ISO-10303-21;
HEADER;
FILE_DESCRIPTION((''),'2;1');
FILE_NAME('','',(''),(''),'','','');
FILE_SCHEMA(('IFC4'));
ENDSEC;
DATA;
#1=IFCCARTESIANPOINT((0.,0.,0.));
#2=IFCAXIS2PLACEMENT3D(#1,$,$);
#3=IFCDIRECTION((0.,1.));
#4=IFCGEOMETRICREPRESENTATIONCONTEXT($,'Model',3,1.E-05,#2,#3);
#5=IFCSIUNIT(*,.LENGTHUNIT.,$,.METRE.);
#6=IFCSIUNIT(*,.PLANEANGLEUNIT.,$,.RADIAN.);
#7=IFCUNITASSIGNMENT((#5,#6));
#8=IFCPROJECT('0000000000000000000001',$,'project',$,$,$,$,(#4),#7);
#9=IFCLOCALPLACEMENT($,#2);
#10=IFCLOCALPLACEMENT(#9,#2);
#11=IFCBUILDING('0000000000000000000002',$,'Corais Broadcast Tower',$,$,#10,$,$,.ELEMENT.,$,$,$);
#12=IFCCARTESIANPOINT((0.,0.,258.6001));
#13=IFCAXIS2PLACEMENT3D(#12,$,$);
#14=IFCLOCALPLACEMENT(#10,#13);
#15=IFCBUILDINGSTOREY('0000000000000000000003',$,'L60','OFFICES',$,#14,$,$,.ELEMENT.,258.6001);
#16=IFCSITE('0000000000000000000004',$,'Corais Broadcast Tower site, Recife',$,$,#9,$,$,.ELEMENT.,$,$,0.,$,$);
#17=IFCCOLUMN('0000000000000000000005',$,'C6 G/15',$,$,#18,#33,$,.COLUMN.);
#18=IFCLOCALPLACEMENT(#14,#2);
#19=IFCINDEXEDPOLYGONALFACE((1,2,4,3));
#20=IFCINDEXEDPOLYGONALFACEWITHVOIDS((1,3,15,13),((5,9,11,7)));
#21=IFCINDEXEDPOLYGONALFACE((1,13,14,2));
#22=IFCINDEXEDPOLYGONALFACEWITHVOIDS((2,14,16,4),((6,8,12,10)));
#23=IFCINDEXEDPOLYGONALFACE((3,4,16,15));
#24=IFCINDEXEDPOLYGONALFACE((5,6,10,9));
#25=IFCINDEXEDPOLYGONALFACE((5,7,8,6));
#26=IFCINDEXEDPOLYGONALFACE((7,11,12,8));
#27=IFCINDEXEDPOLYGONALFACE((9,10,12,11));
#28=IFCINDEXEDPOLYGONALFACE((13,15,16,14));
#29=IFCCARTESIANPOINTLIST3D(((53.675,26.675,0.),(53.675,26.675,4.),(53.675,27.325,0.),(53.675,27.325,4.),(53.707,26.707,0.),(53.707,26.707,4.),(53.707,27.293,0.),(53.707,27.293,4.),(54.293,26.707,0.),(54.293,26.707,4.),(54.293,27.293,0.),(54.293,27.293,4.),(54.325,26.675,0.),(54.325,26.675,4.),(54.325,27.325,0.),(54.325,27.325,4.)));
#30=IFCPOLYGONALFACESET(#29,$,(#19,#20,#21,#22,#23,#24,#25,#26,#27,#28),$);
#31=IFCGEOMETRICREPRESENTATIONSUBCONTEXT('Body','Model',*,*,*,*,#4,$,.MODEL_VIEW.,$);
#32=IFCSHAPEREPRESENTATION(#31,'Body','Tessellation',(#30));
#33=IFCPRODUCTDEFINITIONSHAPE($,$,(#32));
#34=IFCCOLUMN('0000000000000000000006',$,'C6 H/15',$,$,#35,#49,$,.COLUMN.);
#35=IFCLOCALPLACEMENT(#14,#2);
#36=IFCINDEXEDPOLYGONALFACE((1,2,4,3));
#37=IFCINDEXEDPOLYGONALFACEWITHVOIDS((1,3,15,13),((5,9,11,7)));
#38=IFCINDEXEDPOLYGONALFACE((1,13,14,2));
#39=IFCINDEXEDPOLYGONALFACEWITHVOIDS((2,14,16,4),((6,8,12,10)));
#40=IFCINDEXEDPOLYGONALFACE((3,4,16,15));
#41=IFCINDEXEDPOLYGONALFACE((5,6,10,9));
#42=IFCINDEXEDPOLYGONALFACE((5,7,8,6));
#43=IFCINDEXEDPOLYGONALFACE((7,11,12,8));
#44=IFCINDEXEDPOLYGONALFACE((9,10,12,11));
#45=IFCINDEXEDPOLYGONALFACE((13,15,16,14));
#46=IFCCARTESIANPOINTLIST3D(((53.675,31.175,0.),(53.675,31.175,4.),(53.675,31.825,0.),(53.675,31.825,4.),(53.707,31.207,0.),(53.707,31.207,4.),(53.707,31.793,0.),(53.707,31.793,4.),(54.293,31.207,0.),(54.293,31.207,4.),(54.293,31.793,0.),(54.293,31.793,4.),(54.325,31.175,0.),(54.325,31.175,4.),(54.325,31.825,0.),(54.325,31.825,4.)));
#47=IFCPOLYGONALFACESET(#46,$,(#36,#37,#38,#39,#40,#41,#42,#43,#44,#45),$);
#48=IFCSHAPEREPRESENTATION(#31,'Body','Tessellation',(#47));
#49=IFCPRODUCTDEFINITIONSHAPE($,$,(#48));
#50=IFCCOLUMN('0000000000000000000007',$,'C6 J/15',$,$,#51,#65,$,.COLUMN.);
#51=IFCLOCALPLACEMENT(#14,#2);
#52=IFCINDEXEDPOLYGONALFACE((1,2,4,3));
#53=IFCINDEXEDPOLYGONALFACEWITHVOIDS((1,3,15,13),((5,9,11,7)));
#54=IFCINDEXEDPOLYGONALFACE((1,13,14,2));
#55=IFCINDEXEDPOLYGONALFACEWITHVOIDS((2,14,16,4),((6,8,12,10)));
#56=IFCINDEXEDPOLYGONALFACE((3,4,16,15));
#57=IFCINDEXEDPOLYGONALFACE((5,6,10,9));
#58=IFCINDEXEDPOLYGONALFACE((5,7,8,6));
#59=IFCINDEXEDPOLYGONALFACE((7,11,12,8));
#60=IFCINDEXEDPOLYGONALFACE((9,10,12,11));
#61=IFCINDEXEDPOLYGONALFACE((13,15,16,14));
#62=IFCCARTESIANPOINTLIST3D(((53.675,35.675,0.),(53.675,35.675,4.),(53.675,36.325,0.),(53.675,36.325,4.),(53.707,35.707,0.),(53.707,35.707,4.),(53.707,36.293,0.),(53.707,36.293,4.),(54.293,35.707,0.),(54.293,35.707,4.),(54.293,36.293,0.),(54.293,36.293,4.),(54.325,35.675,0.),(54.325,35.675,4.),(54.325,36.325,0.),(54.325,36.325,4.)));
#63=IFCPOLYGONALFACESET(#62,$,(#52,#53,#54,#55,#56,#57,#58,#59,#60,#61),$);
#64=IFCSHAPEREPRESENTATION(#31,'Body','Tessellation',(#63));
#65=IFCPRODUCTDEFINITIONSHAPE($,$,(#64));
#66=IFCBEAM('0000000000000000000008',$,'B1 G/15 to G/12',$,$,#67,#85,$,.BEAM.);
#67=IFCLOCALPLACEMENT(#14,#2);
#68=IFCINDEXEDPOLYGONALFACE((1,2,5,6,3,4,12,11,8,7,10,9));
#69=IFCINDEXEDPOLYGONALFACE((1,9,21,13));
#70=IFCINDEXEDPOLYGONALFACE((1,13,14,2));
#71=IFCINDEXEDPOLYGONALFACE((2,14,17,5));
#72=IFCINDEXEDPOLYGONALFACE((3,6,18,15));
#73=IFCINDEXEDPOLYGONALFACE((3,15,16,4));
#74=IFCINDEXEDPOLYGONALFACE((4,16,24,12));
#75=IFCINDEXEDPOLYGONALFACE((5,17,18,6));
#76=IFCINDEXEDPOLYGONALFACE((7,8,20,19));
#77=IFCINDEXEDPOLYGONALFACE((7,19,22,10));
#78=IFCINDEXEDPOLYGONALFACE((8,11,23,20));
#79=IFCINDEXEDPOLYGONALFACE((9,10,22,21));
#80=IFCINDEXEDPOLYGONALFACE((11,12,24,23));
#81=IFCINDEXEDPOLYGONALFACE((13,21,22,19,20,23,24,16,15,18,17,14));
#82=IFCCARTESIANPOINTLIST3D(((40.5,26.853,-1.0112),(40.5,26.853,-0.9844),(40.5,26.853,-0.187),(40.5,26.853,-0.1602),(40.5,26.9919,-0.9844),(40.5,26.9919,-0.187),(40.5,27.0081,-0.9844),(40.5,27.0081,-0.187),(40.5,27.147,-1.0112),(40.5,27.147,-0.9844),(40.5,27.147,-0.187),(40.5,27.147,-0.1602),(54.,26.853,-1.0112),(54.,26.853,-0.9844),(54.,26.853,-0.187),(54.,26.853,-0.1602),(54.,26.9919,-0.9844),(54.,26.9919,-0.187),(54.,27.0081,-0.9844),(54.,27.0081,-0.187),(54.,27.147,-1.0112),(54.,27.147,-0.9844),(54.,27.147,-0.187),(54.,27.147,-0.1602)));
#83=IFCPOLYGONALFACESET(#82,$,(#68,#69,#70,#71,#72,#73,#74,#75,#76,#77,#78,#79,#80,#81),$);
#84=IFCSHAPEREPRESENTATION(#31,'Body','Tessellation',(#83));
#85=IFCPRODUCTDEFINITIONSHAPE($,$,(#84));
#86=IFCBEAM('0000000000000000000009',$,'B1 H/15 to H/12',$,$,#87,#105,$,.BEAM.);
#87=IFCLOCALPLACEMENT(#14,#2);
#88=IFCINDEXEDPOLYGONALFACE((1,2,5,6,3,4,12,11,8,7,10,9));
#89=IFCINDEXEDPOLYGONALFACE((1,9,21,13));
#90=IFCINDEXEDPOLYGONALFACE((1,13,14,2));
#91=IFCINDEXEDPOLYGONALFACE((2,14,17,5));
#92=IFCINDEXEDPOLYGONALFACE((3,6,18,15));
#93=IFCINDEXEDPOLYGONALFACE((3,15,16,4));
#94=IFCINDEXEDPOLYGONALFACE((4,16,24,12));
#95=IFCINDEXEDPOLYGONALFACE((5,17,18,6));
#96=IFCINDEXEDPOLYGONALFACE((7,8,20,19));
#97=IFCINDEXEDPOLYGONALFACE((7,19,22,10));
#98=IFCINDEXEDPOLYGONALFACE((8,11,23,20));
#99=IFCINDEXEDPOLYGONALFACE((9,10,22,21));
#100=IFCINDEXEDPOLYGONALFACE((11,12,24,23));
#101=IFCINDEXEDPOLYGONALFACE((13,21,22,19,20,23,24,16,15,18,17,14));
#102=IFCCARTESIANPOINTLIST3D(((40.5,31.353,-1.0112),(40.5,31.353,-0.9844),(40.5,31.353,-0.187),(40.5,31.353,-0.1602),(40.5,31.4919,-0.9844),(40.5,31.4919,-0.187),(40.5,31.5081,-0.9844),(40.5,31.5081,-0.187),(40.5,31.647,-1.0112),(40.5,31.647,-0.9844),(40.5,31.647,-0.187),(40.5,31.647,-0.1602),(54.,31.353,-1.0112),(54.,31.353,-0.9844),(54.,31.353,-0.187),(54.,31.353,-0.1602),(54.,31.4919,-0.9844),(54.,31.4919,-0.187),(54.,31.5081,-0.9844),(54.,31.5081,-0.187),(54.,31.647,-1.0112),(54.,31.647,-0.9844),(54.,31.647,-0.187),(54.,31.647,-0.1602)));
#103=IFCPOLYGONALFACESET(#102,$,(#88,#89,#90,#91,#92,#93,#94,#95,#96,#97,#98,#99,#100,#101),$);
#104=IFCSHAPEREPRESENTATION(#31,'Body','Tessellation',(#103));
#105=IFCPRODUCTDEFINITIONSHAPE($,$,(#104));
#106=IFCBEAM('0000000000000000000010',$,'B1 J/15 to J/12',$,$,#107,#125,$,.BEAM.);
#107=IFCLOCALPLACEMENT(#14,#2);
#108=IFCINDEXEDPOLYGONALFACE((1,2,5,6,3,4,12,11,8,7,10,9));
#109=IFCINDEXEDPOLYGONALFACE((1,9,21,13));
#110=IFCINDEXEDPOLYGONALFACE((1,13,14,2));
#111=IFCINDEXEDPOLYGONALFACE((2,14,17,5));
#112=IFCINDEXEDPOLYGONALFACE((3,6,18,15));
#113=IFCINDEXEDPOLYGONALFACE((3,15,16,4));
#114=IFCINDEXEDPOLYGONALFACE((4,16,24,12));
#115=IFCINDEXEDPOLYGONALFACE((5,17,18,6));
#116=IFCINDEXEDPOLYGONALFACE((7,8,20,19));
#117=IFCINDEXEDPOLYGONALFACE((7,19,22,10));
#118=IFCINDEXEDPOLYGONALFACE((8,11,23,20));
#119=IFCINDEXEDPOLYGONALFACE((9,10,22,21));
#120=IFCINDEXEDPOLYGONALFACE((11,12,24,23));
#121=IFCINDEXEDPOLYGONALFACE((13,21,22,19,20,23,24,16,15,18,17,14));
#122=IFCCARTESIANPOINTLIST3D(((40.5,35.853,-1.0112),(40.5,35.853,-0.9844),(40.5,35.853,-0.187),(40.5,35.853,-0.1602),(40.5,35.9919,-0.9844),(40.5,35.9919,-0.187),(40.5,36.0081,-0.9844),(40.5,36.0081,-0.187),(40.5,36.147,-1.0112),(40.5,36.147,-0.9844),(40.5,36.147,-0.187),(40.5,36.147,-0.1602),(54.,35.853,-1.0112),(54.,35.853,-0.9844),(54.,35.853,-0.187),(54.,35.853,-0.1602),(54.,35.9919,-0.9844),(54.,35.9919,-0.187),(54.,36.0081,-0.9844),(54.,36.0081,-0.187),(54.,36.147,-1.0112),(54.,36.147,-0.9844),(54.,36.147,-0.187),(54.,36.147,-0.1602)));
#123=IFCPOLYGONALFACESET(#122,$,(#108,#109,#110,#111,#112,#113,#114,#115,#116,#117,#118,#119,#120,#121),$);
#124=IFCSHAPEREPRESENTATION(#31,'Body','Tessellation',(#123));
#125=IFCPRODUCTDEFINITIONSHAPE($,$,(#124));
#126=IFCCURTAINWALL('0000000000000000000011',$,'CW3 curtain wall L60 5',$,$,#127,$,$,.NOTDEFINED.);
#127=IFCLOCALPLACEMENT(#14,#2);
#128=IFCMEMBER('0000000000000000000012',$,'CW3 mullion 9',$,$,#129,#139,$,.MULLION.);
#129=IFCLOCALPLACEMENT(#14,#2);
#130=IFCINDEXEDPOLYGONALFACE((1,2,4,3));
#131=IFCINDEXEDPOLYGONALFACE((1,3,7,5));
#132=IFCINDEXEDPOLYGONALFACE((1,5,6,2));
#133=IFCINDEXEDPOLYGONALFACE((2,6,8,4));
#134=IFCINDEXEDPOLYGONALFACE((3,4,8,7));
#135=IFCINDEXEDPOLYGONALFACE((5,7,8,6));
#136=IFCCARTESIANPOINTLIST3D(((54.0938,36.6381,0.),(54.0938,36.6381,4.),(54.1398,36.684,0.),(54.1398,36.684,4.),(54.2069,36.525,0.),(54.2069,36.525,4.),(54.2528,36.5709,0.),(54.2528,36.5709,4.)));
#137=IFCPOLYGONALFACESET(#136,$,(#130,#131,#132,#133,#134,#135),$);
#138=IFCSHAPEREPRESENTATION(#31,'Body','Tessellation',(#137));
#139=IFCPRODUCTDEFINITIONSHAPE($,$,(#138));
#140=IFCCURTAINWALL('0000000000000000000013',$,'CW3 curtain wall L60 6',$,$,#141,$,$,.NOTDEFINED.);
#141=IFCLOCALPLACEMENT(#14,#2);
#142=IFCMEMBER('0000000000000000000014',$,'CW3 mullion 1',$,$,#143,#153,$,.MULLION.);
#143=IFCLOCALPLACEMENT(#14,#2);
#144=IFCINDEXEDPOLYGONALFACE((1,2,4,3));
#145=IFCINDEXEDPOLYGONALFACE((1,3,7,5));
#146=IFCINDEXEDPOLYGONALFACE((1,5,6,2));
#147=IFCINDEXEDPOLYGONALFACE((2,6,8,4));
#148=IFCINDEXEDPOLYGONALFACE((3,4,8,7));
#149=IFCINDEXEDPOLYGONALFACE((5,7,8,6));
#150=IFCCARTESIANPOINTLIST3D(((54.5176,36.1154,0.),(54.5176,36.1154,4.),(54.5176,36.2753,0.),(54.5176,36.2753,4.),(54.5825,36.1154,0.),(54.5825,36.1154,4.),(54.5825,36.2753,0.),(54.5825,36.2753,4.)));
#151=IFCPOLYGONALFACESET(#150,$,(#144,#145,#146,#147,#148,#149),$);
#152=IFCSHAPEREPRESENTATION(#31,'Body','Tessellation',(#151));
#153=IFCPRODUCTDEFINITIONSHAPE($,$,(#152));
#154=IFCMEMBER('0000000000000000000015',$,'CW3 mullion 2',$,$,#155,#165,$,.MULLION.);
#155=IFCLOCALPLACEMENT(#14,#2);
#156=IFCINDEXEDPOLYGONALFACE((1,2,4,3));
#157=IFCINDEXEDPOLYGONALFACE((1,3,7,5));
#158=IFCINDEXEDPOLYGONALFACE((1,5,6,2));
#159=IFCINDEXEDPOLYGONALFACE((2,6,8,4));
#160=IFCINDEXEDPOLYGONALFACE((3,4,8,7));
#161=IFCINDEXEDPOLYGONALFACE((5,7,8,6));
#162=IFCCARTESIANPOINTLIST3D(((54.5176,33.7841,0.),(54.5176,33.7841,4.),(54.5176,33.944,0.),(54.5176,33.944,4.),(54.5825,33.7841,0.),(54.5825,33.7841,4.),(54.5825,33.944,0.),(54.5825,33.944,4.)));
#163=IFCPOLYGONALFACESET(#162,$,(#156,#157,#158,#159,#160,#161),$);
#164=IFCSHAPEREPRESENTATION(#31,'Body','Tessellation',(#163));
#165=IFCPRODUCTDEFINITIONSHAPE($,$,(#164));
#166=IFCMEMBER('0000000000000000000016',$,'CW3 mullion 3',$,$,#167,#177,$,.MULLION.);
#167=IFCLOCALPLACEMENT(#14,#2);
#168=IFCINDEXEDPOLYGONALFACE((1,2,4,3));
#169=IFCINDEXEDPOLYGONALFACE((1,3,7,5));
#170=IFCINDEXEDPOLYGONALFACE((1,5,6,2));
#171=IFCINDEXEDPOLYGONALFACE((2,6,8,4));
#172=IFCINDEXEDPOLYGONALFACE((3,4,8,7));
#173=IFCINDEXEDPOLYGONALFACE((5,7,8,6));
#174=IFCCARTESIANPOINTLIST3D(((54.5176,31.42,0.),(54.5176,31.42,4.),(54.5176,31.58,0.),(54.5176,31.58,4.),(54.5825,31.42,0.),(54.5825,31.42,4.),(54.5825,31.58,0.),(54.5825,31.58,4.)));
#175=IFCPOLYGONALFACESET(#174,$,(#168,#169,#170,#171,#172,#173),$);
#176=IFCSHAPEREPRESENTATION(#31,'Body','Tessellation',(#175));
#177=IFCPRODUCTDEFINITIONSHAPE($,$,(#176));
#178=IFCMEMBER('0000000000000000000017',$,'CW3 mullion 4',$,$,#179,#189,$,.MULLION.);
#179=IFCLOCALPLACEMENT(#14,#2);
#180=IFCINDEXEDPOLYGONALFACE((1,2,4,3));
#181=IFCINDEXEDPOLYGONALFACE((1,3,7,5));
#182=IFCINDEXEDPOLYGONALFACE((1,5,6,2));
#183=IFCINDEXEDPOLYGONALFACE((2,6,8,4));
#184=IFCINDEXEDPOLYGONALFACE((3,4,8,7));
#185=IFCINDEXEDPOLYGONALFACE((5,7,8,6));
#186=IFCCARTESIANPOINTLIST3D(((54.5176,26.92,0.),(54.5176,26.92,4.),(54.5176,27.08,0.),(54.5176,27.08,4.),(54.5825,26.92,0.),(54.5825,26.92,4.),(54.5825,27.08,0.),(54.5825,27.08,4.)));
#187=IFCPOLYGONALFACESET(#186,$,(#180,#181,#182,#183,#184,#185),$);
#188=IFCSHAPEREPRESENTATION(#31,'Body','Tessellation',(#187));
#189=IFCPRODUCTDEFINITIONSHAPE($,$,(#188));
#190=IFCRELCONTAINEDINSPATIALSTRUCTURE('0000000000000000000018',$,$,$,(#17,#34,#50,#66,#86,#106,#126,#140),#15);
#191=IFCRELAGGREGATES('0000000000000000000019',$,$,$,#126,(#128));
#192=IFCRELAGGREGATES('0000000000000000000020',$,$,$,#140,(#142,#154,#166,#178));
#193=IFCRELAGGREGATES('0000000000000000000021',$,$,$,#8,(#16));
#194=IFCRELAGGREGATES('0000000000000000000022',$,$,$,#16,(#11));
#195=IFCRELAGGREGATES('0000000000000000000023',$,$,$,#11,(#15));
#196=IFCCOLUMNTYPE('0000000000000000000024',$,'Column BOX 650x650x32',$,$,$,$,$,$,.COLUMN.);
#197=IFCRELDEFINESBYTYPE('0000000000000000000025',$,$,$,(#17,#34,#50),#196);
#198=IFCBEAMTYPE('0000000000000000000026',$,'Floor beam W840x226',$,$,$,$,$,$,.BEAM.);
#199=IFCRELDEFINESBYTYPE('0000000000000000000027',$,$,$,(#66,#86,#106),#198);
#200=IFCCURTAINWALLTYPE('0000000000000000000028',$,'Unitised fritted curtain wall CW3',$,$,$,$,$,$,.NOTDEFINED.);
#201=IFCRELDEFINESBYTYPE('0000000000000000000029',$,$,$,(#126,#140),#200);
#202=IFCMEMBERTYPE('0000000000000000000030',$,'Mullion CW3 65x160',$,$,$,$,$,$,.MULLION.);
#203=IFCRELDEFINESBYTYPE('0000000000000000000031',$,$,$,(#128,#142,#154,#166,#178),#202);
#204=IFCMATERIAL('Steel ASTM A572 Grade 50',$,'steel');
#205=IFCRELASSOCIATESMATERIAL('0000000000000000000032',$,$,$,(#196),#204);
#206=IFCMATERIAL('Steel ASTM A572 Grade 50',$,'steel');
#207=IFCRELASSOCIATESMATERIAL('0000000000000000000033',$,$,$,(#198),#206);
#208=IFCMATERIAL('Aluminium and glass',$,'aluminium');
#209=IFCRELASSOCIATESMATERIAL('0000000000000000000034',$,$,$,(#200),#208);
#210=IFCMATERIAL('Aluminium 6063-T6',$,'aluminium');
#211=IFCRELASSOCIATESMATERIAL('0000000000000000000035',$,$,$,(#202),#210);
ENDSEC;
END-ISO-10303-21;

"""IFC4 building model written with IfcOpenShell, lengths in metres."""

from ifc_helpers import new_model, si_unit, direction, frame, origin, origin_2d, place, context, subcontext, project, spatial, rectangle, hollow_rectangle, i_section, extrude, material, material_profile, profile_set, type_object, element, aggregate, save


model = new_model("IFC4")

# Units and contexts
model_context = context("Model", 3, precision=1e-05, world=origin(), true_north=direction((0.0, 1.0)))
body_context = subcontext(model_context, "Body", "Model", "MODEL_VIEW")
ifc_project = project(units=[si_unit("LENGTHUNIT", "METRE"), si_unit("PLANEANGLEUNIT", "RADIAN")], contexts=[model_context])

# Site, building, storey
site_placement = place(None, origin())
site = spatial("IfcSite", under=ifc_project, at=site_placement, Name="Corais Broadcast Tower site, Recife", CompositionType="ELEMENT", RefElevation=0.0)
building_placement = place(site_placement, origin())
building = spatial("IfcBuilding", under=site, at=building_placement, Name="Corais Broadcast Tower", CompositionType="ELEMENT")
storey_placement = place(building_placement, frame((0.0, 0.0, 258.6001)))
storey = spatial("IfcBuildingStorey", under=building, at=storey_placement, Name="L60", Description="OFFICES", CompositionType="ELEMENT", Elevation=258.6001)

# Columns
ifc_material_1 = material(Name="Steel ASTM A572 Grade 50", Category="steel")
ifc_material_profile_1 = material_profile(ifc_material_1, hollow_rectangle(XDim=0.6499, YDim=0.6499, WallThickness=0.032, at=origin_2d()), Name="BOX 650x650x32")
ifc_profile_set_1 = profile_set([ifc_material_profile_1], Name="Steel ASTM A572 Grade 50")
column_type = type_object("IfcColumnType", Name="Column BOX 650x650x32", PredefinedType="COLUMN", material=ifc_profile_set_1)
for number, where, z_axis, x_axis, name in (
    (1, (54.0, 27.0, 0.0), (0.0, 0.0, 1.0), (1.0, 0.0, 0.0), "C6 G/15"),
    (2, (54.0, 31.5, 0.0), (0.0, 0.0, 1.0), (1.0, 0.0, 0.0), "C6 H/15"),
    (3, (54.0, 36.0, 0.0), (0.0, 0.0, 1.0), (1.0, 0.0, 0.0), "C6 J/15"),
):
    element("IfcColumn", number, at=place(storey_placement, frame(where, z_axis=z_axis, x_axis=x_axis)), inside=storey, type_object=column_type, Name=name, PredefinedType="COLUMN", context=body_context, shape_type="SweptSolid", body=[
        extrude(hollow_rectangle(XDim=0.6499, YDim=0.6499, WallThickness=0.032, at=origin_2d()), origin(), (0.0, 0.0, 1.0), 4.0),
    ])

# Beams
ifc_material_2 = material(Name="Steel ASTM A572 Grade 50", Category="steel")
ifc_material_profile_2 = material_profile(ifc_material_2, i_section(OverallWidth=0.2939, OverallDepth=0.8511, WebThickness=0.0161, FlangeThickness=0.0269, at=origin_2d()), Name="W840x226")
ifc_profile_set_2 = profile_set([ifc_material_profile_2], Name="Steel ASTM A572 Grade 50")
beam_type_1 = type_object("IfcBeamType", Name="Floor beam W840x226", PredefinedType="BEAM", material=ifc_profile_set_2)
for number, where, z_axis, x_axis, name in (
    (4, (54.0, 27.0, -0.5857), (-1.0, 0.0, 0.0), (0.0, -1.0, 0.0), "B1 G/15 to G/12"),
    (5, (54.0, 31.5, -0.5857), (-1.0, 0.0, 0.0), (0.0, -1.0, 0.0), "B1 H/15 to H/12"),
    (6, (54.0, 36.0, -0.5857), (-1.0, 0.0, 0.0), (0.0, -1.0, 0.0), "B1 J/15 to J/12"),
):
    element("IfcBeam", number, at=place(storey_placement, frame(where, z_axis=z_axis, x_axis=x_axis)), inside=storey, type_object=beam_type_1, Name=name, PredefinedType="BEAM", context=body_context, shape_type="SweptSolid", body=[
        extrude(i_section(OverallWidth=0.2939, OverallDepth=0.8511, WebThickness=0.0161, FlangeThickness=0.0269, at=origin_2d()), origin(), (0.0, 0.0, 1.0), 13.5),
    ])

# Curtain wall, member
ifc_material_3 = material(Name="Aluminium and glass", Category="aluminium")
curtain_wall_type = type_object("IfcCurtainWallType", Name="Unitised fritted curtain wall CW3", PredefinedType="NOTDEFINED", material=ifc_material_3)
curtain_wall_1_placement = place(storey_placement, origin())
curtain_wall_1 = element("IfcCurtainWall", 7, at=curtain_wall_1_placement, inside=storey, type_object=curtain_wall_type, Name="CW3 curtain wall L60 5", PredefinedType="NOTDEFINED")
ifc_material_4 = material(Name="Aluminium 6063-T6", Category="aluminium")
ifc_material_profile_3 = material_profile(ifc_material_4, rectangle(XDim=0.0649, YDim=0.1599, at=origin_2d()), Name="Mullion CW3 65x160")
ifc_profile_set_3 = profile_set([ifc_material_profile_3], Name="Aluminium 6063-T6")
member_type_1 = type_object("IfcMemberType", Name="Mullion CW3 65x160", PredefinedType="MULLION", material=ifc_profile_set_3)
member_1_placement = place(storey_placement, frame((54.1733, 36.6045, 0.0), z_axis=(0.0, 0.0, 1.0), x_axis=(0.707107, 0.707107, 0.0)))
member_1 = element("IfcMember", 8, at=member_1_placement, type_object=member_type_1, Name="CW3 mullion 9", PredefinedType="MULLION", context=body_context, shape_type="SweptSolid", body=[
    extrude(rectangle(XDim=0.0649, YDim=0.1599, at=origin_2d()), origin(), (0.0, 0.0, 1.0), 4.0),
])

# Curtain wall, members
curtain_wall_2_placement = place(storey_placement, origin())
curtain_wall_2 = element("IfcCurtainWall", 9, at=curtain_wall_2_placement, inside=storey, type_object=curtain_wall_type, Name="CW3 curtain wall L60 6", PredefinedType="NOTDEFINED")
member_2_placement = place(storey_placement, frame((54.55, 36.1953, 0.0), z_axis=(0.0, 0.0, 1.0), x_axis=(1.0, 0.0, 0.0)))
member_2 = element("IfcMember", 10, at=member_2_placement, type_object=member_type_1, Name="CW3 mullion 1", PredefinedType="MULLION", context=body_context, shape_type="SweptSolid", body=[
    extrude(rectangle(XDim=0.0649, YDim=0.1599, at=origin_2d()), origin(), (0.0, 0.0, 1.0), 4.0),
])
member_3_placement = place(storey_placement, frame((54.55, 33.864, 0.0), z_axis=(0.0, 0.0, 1.0), x_axis=(1.0, 0.0, 0.0)))
member_3 = element("IfcMember", 11, at=member_3_placement, type_object=member_type_1, Name="CW3 mullion 2", PredefinedType="MULLION", context=body_context, shape_type="SweptSolid", body=[
    extrude(rectangle(XDim=0.0649, YDim=0.1599, at=origin_2d()), origin(), (0.0, 0.0, 1.0), 4.0),
])
member_4_placement = place(storey_placement, frame((54.55, 31.5, 0.0), z_axis=(0.0, 0.0, 1.0), x_axis=(1.0, 0.0, 0.0)))
member_4 = element("IfcMember", 12, at=member_4_placement, type_object=member_type_1, Name="CW3 mullion 3", PredefinedType="MULLION", context=body_context, shape_type="SweptSolid", body=[
    extrude(rectangle(XDim=0.0649, YDim=0.1599, at=origin_2d()), origin(), (0.0, 0.0, 1.0), 4.0),
])
member_5_placement = place(storey_placement, frame((54.55, 27.0, 0.0), z_axis=(0.0, 0.0, 1.0), x_axis=(1.0, 0.0, 0.0)))
member_5 = element("IfcMember", 13, at=member_5_placement, type_object=member_type_1, Name="CW3 mullion 4", PredefinedType="MULLION", context=body_context, shape_type="SweptSolid", body=[
    extrude(rectangle(XDim=0.0649, YDim=0.1599, at=origin_2d()), origin(), (0.0, 0.0, 1.0), 4.0),
])

aggregate(curtain_wall_1, [member_1])
aggregate(curtain_wall_2, [member_2, member_3, member_4, member_5])

save(model, "model.ifc")
